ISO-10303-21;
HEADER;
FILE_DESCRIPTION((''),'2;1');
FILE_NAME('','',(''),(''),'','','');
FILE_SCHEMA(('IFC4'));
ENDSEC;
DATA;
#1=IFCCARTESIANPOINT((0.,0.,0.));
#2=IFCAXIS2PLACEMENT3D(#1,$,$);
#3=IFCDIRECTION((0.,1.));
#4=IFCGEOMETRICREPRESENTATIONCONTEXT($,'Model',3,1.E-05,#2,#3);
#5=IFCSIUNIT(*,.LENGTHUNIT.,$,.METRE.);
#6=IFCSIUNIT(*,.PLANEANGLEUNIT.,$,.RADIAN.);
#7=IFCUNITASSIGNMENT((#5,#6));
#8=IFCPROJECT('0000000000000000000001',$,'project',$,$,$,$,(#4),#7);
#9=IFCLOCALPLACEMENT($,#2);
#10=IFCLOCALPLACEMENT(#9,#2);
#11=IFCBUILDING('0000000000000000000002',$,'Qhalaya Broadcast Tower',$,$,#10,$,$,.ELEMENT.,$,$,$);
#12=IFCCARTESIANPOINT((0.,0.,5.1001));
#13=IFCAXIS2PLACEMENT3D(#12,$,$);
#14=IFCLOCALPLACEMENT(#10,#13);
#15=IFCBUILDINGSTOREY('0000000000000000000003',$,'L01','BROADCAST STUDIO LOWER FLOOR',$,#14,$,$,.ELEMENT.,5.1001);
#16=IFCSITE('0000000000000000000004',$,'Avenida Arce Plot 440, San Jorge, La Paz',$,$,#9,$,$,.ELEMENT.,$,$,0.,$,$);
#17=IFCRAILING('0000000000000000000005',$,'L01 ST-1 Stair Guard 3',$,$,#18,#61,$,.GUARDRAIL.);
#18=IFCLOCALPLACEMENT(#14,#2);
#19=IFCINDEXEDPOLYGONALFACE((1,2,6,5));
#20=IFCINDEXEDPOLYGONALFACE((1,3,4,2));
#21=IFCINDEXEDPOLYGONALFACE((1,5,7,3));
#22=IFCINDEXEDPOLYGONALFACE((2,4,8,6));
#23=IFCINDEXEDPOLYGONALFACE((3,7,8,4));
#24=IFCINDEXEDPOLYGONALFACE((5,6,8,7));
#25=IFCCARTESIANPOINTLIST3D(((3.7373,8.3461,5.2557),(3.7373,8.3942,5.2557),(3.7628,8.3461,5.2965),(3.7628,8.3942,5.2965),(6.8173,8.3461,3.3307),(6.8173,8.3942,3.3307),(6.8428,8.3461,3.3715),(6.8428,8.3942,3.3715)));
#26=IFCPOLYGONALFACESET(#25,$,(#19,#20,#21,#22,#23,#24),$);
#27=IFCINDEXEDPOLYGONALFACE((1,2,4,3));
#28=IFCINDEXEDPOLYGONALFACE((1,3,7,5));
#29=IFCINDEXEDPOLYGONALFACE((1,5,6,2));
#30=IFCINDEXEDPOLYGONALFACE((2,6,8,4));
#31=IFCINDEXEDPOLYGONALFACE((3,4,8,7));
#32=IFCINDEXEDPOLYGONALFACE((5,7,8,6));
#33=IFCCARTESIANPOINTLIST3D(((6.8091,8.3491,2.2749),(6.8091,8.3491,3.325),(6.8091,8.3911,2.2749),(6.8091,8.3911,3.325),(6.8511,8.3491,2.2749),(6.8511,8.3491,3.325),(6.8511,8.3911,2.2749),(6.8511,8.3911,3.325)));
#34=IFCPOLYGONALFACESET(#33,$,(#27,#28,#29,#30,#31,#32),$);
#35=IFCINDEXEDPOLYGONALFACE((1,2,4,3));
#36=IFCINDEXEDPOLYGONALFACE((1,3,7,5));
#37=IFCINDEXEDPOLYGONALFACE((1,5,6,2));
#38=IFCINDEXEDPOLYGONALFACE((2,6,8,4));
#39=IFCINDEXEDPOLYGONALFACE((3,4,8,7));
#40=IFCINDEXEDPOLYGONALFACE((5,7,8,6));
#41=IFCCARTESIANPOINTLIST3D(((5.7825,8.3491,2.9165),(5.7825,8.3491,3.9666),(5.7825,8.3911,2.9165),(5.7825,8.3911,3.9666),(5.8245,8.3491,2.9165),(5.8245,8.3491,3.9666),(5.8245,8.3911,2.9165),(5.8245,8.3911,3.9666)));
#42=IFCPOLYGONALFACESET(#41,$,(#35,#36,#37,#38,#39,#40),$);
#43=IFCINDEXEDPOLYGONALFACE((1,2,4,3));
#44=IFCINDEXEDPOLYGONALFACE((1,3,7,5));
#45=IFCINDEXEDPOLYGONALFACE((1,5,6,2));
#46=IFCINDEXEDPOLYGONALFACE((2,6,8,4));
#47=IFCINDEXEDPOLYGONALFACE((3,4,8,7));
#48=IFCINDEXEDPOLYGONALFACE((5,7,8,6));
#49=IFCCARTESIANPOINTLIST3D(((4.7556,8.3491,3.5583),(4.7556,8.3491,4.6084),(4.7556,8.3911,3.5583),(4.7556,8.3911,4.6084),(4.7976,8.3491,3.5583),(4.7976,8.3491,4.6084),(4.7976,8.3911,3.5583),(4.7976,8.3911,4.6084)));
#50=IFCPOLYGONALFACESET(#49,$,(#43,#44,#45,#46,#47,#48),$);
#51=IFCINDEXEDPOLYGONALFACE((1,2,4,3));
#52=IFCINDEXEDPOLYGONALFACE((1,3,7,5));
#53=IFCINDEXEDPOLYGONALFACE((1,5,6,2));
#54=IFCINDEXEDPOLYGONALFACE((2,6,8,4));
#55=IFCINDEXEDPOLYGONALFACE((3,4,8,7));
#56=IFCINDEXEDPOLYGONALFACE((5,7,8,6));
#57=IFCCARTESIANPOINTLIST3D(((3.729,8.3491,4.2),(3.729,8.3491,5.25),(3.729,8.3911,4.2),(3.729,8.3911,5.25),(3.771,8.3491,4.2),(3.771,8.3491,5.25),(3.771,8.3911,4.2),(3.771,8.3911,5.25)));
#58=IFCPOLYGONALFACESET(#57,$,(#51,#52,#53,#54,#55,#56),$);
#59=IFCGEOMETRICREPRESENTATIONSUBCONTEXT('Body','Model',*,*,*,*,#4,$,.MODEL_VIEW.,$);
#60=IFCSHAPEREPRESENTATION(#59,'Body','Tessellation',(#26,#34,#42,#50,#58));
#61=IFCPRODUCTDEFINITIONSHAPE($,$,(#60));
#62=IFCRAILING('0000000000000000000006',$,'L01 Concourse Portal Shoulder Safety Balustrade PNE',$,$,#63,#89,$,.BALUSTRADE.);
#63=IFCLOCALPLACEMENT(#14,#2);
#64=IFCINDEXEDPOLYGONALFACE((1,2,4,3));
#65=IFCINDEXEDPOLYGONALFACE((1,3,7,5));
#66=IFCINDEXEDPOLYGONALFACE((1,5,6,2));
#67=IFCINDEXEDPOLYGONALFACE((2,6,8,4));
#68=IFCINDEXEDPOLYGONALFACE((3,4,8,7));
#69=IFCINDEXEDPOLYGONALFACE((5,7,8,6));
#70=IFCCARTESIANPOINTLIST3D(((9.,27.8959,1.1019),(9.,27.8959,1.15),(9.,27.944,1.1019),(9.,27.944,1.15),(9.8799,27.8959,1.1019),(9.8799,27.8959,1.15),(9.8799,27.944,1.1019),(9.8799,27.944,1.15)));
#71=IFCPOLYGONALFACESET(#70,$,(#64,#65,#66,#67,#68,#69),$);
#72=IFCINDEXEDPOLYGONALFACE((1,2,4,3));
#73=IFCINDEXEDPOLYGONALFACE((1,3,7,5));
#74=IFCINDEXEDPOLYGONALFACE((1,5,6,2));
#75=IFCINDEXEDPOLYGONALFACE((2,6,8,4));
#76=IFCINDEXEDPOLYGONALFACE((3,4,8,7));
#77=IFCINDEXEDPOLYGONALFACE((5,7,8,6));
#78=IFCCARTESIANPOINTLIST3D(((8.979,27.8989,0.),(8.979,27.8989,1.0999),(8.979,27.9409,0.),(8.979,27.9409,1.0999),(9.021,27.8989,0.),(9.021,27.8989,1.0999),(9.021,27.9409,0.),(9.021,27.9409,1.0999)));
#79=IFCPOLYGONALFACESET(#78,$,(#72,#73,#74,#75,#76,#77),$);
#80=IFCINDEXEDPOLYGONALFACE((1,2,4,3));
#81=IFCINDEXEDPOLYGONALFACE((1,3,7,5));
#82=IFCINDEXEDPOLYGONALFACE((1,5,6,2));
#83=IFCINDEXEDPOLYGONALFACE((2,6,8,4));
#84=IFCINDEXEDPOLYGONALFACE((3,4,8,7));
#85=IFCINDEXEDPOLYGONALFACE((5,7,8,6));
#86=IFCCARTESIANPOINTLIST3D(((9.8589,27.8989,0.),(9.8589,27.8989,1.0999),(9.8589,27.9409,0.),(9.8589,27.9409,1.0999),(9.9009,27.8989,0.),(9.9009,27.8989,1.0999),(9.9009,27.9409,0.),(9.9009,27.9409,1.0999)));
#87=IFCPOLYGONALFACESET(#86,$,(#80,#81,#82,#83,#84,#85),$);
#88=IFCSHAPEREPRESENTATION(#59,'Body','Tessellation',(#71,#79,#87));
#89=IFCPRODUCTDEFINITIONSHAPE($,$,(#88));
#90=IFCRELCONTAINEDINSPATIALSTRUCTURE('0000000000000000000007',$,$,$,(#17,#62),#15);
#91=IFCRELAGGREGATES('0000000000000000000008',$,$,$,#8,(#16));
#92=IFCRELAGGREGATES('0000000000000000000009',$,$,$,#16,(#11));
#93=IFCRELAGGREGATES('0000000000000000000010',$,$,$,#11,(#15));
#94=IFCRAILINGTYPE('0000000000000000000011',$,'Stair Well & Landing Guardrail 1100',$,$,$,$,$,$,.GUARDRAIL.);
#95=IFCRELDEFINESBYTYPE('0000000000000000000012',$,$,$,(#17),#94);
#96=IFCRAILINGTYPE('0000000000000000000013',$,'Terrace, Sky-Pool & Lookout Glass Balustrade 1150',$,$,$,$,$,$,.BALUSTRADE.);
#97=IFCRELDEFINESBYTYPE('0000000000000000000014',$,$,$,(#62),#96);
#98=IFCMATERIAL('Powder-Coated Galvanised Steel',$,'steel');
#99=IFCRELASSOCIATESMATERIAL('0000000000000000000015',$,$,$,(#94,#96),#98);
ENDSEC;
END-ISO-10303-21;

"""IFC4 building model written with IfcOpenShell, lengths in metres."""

from ifc_helpers import new_model, si_unit, direction, frame, origin, origin_2d, place, context, subcontext, project, spatial, rectangle, extrude, material, type_object, element, save


model = new_model("IFC4")

# Units and contexts
model_context = context("Model", 3, precision=1e-05, world=origin(), true_north=direction((0.0, 1.0)))
body_context = subcontext(model_context, "Body", "Model", "MODEL_VIEW")
ifc_project = project(units=[si_unit("LENGTHUNIT", "METRE"), si_unit("PLANEANGLEUNIT", "RADIAN")], contexts=[model_context])

# Site, building, storey
site_placement = place(None, origin())
site = spatial("IfcSite", under=ifc_project, at=site_placement, Name="Avenida Arce Plot 440, San Jorge, La Paz", CompositionType="ELEMENT", RefElevation=0.0)
building_placement = place(site_placement, origin())
building = spatial("IfcBuilding", under=site, at=building_placement, Name="Qhalaya Broadcast Tower", CompositionType="ELEMENT")
storey_placement = place(building_placement, frame((0.0, 0.0, 5.1001)))
storey = spatial("IfcBuildingStorey", under=building, at=storey_placement, Name="L01", Description="BROADCAST STUDIO LOWER FLOOR", CompositionType="ELEMENT", Elevation=5.1001)

# Railings
ifc_material_1 = material(Name="Powder-Coated Galvanised Steel", Category="steel")
railing_type_1 = type_object("IfcRailingType", Name="Stair Well & Landing Guardrail 1100", PredefinedType="GUARDRAIL", material=ifc_material_1)
railing_1_placement = place(storey_placement, frame((6.8301, 8.3701, 2.2749)))
element("IfcRailing", 1, at=railing_1_placement, inside=storey, type_object=railing_type_1, Name="L01 ST-1 Stair Guard 3", PredefinedType="GUARDRAIL", context=body_context, shape_type="SweptSolid", body=[
    extrude(rectangle(XDim=0.0481, YDim=0.0481, at=origin_2d()), frame((0.0, 0.0, 1.0762), z_axis=(-0.847998, 0.0, 0.529999), x_axis=(0.0, -1.0, 0.0)), (0.0, 0.0, 1.0), 3.6321),
    extrude(rectangle(XDim=0.042, YDim=0.042, at=origin_2d()), origin(), (0.0, 0.0, 1.0), 1.05),
    extrude(rectangle(XDim=0.042, YDim=0.042, at=origin_2d()), frame((-1.0266, 0.0, 0.6416)), (0.0, 0.0, 1.0), 1.05),
    extrude(rectangle(XDim=0.042, YDim=0.042, at=origin_2d()), frame((-2.0535, 0.0, 1.2834)), (0.0, 0.0, 1.0), 1.05),
    extrude(rectangle(XDim=0.042, YDim=0.042, at=origin_2d()), frame((-3.0801, 0.0, 1.925)), (0.0, 0.0, 1.0), 1.05),
])
railing_type_2 = type_object("IfcRailingType", Name="Terrace, Sky-Pool & Lookout Glass Balustrade 1150", PredefinedType="BALUSTRADE", material=ifc_material_1)
railing_2_placement = place(storey_placement, frame((9.0, 27.9199, 0.0)))
element("IfcRailing", 2, at=railing_2_placement, inside=storey, type_object=railing_type_2, Name="L01 Concourse Portal Shoulder Safety Balustrade PNE", PredefinedType="BALUSTRADE", context=body_context, shape_type="SweptSolid", body=[
    extrude(rectangle(XDim=0.0481, YDim=0.0481, at=origin_2d()), frame((0.0, 0.0, 1.126), z_axis=(1.0, 0.0, 0.0), x_axis=(0.0, 1.0, 0.0)), (0.0, 0.0, 1.0), 0.8799),
    extrude(rectangle(XDim=0.042, YDim=0.042, at=origin_2d()), origin(), (0.0, 0.0, 1.0), 1.0999),
    extrude(rectangle(XDim=0.042, YDim=0.042, at=origin_2d()), frame((0.8799, 0.0, 0.0)), (0.0, 0.0, 1.0), 1.0999),
])

save(model, "model.ifc")
